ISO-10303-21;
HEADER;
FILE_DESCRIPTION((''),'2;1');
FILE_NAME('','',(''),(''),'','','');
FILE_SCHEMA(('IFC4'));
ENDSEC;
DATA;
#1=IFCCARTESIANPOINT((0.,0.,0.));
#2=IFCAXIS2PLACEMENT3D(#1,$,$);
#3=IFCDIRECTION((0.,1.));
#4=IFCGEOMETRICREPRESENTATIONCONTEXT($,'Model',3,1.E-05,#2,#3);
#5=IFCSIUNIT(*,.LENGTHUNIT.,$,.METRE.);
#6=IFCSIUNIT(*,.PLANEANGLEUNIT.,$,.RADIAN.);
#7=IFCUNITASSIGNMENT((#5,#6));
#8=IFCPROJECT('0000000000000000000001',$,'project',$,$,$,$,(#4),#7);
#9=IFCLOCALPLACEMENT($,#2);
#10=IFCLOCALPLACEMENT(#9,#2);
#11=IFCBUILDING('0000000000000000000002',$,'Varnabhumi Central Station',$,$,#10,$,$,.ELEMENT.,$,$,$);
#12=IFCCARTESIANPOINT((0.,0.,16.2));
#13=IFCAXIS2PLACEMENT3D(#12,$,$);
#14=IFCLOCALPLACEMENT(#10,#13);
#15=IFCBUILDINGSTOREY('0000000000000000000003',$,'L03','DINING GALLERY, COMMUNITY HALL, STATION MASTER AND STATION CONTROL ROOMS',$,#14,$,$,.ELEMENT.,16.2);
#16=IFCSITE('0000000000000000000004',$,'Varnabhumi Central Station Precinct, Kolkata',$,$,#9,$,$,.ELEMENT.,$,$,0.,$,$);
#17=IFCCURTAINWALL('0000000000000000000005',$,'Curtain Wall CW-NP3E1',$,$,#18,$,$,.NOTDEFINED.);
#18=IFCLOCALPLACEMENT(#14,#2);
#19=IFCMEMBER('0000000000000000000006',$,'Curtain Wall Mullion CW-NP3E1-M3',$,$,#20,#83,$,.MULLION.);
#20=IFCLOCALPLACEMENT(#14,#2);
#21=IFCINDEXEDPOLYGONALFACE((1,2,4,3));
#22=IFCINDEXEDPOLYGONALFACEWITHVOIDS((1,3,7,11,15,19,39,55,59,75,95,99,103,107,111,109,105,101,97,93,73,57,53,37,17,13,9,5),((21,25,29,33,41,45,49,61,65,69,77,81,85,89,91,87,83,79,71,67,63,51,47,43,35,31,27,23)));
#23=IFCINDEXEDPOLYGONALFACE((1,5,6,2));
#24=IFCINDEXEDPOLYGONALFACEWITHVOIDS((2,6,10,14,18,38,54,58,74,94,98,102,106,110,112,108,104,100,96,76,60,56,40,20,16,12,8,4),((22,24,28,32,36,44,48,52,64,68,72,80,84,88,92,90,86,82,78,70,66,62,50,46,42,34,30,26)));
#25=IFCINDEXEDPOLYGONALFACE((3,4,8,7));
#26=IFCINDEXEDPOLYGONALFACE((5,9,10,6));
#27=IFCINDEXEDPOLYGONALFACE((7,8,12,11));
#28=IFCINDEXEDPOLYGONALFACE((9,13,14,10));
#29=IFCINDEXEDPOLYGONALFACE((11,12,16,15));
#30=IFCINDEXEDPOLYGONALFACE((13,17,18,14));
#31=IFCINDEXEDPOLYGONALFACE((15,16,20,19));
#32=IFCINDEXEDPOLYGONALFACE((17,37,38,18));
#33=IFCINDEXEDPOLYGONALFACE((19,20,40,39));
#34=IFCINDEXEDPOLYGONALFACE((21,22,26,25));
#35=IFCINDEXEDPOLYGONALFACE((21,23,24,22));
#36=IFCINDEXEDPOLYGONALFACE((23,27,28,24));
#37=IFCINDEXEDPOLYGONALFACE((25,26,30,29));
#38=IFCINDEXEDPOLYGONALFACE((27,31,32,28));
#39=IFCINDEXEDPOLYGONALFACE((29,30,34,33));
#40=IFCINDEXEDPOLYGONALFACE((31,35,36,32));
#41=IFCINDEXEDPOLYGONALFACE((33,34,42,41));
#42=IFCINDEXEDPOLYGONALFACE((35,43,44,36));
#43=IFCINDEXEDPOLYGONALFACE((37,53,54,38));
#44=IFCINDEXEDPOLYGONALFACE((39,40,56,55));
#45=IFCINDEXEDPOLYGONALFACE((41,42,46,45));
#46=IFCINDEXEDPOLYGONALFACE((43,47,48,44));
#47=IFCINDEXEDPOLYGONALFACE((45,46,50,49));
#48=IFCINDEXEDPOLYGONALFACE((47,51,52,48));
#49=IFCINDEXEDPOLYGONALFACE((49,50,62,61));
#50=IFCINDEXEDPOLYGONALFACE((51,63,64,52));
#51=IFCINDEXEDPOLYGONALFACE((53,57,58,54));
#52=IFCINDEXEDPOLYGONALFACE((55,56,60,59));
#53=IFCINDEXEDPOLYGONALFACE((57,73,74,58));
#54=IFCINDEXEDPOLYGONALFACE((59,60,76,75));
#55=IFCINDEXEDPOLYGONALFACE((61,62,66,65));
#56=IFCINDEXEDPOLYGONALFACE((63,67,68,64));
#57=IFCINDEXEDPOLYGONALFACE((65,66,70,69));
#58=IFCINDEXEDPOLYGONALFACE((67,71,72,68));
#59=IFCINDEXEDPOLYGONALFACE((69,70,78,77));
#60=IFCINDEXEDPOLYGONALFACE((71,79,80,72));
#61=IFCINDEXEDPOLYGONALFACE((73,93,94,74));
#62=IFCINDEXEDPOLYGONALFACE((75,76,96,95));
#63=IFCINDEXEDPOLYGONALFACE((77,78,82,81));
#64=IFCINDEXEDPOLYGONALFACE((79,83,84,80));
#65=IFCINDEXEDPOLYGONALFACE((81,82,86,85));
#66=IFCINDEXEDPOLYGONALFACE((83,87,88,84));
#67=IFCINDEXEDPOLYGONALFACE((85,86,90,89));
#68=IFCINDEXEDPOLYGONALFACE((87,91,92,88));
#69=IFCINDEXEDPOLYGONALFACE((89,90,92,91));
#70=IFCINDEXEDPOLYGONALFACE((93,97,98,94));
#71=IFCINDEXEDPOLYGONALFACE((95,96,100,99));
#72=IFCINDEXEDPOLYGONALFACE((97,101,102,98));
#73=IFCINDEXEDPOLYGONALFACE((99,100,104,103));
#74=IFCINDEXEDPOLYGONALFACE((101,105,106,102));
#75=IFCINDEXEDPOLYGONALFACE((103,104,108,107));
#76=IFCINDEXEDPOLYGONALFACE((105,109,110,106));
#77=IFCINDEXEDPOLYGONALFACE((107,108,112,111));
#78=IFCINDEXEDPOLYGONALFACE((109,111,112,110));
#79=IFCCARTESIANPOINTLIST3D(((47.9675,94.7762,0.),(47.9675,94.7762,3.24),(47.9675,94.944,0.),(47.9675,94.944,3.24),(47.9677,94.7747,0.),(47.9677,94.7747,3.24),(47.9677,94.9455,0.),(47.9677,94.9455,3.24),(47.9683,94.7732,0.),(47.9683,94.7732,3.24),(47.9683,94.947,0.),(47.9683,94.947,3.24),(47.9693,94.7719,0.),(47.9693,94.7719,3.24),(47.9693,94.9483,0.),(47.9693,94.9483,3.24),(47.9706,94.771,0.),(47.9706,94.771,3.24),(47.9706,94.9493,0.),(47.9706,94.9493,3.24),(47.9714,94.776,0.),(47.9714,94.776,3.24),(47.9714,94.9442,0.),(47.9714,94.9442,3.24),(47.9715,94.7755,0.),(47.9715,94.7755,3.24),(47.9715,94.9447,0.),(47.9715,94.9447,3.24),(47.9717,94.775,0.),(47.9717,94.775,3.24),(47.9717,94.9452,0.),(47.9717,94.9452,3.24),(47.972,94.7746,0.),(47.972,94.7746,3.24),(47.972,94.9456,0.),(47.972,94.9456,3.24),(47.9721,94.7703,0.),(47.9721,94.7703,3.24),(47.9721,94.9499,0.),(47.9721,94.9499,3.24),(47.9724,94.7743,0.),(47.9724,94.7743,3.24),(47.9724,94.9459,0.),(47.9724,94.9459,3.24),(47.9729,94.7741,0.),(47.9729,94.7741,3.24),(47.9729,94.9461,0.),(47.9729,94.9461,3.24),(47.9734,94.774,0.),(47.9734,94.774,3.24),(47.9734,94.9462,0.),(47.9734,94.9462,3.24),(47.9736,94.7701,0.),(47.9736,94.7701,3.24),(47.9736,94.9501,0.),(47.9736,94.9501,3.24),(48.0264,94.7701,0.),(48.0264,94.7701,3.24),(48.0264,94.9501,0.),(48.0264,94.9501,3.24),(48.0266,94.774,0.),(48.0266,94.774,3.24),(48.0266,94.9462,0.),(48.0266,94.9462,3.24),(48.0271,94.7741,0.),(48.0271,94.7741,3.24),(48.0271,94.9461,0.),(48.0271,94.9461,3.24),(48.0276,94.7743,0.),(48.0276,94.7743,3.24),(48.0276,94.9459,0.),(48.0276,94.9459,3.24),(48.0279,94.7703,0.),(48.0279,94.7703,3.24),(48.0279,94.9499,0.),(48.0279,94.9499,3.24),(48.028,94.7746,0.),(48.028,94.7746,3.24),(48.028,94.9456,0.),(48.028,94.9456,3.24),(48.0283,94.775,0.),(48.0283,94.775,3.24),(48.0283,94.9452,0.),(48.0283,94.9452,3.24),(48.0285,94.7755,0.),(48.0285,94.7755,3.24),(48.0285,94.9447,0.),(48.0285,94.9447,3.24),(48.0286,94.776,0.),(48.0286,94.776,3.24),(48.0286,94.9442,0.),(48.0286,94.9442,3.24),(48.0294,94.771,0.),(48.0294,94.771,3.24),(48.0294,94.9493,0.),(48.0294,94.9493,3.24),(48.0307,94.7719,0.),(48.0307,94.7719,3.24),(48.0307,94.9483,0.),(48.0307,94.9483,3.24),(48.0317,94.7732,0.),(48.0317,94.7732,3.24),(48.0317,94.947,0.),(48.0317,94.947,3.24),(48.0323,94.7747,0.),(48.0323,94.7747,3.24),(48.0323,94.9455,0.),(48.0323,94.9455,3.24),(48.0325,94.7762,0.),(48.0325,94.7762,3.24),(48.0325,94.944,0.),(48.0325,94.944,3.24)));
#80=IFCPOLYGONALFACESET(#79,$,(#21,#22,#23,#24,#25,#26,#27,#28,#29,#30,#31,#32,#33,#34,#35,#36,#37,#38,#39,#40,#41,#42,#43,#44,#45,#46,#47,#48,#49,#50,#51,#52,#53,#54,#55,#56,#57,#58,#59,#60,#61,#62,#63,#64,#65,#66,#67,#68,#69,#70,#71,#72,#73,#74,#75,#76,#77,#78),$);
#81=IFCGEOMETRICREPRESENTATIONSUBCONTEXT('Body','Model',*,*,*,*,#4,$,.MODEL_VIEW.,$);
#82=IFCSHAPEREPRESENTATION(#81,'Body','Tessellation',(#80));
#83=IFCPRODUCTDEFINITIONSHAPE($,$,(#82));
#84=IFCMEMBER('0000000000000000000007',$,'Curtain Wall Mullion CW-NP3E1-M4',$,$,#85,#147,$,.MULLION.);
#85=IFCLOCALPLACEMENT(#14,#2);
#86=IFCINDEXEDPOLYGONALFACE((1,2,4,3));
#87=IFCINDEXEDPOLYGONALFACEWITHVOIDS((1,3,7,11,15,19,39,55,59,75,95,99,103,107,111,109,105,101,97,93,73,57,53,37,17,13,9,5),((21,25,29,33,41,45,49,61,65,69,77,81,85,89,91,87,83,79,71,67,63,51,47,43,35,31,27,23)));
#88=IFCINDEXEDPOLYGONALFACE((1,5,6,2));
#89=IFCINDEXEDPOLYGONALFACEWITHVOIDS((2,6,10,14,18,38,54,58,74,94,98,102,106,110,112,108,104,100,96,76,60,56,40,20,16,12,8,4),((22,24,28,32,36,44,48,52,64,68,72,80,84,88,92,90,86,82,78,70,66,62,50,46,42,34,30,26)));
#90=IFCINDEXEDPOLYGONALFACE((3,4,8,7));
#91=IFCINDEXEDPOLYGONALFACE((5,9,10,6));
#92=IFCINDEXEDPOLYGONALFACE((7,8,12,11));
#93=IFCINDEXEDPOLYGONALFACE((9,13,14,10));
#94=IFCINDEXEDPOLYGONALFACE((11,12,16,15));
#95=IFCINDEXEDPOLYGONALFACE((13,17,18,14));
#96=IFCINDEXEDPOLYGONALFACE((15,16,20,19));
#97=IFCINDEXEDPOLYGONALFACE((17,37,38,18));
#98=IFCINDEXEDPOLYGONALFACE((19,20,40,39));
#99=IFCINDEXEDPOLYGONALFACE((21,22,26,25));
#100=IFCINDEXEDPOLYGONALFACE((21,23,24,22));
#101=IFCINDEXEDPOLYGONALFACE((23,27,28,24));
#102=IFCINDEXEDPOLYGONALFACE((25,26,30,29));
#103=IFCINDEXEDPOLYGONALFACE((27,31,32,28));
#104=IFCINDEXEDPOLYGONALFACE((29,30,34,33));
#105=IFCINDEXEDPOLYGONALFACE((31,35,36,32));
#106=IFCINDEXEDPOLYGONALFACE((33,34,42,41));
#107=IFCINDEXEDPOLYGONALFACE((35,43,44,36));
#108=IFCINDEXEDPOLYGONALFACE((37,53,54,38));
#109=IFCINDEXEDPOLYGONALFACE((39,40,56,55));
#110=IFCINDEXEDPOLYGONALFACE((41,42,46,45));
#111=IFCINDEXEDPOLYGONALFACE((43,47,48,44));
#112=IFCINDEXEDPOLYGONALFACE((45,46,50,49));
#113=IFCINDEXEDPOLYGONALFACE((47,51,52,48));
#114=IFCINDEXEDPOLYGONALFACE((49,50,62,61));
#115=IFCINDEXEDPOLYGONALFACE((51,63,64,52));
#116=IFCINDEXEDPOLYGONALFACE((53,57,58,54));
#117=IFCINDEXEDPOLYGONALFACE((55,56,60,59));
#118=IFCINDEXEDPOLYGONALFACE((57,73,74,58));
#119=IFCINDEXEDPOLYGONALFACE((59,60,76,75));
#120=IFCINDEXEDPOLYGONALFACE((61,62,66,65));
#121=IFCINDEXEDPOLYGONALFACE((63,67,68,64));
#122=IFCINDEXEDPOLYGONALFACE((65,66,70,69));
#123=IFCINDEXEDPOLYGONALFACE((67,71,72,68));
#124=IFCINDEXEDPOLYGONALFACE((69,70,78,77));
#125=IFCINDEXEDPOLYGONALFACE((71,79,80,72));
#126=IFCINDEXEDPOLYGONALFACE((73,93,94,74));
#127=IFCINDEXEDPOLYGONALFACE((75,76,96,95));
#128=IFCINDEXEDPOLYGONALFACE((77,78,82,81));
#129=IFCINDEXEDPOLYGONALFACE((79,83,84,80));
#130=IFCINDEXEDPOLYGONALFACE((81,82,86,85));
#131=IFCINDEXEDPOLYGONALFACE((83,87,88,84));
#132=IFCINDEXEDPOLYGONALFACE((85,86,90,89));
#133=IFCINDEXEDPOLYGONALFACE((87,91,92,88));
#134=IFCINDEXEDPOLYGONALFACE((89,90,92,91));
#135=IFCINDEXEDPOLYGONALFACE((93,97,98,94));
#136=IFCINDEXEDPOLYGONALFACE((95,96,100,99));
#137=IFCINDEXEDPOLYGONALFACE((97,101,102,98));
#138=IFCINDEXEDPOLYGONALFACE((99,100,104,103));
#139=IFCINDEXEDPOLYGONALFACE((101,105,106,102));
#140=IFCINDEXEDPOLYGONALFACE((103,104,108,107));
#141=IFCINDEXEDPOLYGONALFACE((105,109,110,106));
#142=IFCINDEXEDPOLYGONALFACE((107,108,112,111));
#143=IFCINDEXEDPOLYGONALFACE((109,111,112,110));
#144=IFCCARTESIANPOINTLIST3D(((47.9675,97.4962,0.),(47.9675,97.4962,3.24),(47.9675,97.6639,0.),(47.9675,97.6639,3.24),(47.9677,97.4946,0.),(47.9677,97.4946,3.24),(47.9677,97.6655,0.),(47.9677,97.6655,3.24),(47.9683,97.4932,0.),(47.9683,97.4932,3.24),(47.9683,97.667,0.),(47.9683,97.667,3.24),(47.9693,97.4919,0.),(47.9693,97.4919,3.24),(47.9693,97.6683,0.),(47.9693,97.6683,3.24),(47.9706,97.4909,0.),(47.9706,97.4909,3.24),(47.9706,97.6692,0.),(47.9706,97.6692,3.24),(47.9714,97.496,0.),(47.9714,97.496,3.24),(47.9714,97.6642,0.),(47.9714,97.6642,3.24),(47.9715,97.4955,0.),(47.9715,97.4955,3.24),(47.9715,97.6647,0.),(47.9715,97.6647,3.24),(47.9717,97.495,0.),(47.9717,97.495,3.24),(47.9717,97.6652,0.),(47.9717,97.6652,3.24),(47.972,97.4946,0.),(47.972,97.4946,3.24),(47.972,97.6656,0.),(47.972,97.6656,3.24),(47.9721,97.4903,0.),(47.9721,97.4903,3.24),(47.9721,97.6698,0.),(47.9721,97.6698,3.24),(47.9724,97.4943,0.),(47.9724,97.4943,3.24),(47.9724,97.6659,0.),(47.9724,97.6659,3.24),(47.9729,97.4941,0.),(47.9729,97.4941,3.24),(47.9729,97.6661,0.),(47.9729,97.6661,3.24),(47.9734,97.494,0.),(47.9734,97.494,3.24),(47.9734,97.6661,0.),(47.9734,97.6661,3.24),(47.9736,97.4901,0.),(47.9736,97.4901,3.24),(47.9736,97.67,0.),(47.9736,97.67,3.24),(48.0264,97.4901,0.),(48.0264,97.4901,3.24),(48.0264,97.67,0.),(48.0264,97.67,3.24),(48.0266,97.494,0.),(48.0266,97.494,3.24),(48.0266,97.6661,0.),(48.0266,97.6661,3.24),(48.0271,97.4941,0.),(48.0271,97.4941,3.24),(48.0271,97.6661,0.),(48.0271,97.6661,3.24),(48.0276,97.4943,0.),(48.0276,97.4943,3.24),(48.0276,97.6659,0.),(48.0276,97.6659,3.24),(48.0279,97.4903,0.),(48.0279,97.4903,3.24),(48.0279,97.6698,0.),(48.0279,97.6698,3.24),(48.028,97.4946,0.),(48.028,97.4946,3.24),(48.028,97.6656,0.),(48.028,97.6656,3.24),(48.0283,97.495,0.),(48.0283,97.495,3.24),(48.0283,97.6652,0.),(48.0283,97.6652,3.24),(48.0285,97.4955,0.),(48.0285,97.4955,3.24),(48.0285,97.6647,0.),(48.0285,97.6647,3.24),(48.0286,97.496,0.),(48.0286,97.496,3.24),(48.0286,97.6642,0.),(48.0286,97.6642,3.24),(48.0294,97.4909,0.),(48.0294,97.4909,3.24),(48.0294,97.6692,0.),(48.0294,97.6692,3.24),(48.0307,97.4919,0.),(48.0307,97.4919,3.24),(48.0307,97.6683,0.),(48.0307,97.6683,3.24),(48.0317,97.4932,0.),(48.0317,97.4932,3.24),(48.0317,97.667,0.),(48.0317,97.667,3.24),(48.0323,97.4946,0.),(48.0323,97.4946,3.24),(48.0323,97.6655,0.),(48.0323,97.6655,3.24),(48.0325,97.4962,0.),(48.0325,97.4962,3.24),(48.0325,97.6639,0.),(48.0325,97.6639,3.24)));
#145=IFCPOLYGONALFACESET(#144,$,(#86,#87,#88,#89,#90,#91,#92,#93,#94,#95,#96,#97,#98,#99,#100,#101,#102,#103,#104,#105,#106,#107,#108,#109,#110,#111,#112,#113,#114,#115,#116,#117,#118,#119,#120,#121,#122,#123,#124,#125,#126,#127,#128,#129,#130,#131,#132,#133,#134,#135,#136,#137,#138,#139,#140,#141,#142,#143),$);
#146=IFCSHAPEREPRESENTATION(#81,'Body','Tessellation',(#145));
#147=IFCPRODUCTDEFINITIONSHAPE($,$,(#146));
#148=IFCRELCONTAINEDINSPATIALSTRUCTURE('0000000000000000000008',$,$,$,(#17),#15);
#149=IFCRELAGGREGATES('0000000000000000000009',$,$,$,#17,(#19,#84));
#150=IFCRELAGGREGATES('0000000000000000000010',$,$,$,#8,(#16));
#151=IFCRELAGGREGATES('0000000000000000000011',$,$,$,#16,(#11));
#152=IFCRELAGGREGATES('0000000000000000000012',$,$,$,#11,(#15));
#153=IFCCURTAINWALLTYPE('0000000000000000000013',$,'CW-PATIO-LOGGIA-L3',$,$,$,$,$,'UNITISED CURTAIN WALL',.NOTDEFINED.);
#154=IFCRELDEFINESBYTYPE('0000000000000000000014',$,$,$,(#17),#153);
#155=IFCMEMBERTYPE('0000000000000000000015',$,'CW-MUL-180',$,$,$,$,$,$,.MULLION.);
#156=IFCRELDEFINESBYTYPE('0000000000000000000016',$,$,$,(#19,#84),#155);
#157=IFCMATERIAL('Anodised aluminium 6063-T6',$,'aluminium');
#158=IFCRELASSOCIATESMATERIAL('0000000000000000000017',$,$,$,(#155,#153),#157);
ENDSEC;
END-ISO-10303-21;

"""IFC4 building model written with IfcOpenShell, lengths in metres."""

from ifc_helpers import new_model, si_unit, direction, frame, origin, origin_2d, place, context, subcontext, project, spatial, hollow_rectangle, extrude, material, material_profile, profile_set, type_object, element, aggregate, save


model = new_model("IFC4")

# Units and contexts
model_context = context("Model", 3, precision=1e-05, world=origin(), true_north=direction((0.0, 1.0)))
body_context = subcontext(model_context, "Body", "Model", "MODEL_VIEW")
ifc_project = project(units=[si_unit("LENGTHUNIT", "METRE"), si_unit("PLANEANGLEUNIT", "RADIAN")], contexts=[model_context])

# Site, building, storey
site_placement = place(None, origin())
site = spatial("IfcSite", under=ifc_project, at=site_placement, Name="Varnabhumi Central Station Precinct, Kolkata", CompositionType="ELEMENT", RefElevation=0.0)
building_placement = place(site_placement, origin())
building = spatial("IfcBuilding", under=site, at=building_placement, Name="Varnabhumi Central Station", CompositionType="ELEMENT")
storey_placement = place(building_placement, frame((0.0, 0.0, 16.2)))
storey = spatial("IfcBuildingStorey", under=building, at=storey_placement, Name="L03", Description="DINING GALLERY, COMMUNITY HALL, STATION MASTER AND STATION CONTROL ROOMS", CompositionType="ELEMENT", Elevation=16.2)

# Shared definitions
ifc_material_1 = material(Name="Anodised aluminium 6063-T6", Category="aluminium")
ifc_material_profile_1 = material_profile(ifc_material_1, hollow_rectangle(XDim=0.0649, YDim=0.1799, WallThickness=0.0039, InnerFilletRadius=0.002, OuterFilletRadius=0.0061, at=origin_2d()), Name="Anodised aluminium 6063-T6", Category="aluminium")
ifc_profile_set_1 = profile_set([ifc_material_profile_1], Name="Anodised aluminium 6063-T6")
member_type_1 = type_object("IfcMemberType", Name="CW-MUL-180", PredefinedType="MULLION", material=ifc_profile_set_1)

# Curtain wall, members
curtain_wall_type_1 = type_object("IfcCurtainWallType", Name="CW-PATIO-LOGGIA-L3", ElementType="UNITISED CURTAIN WALL", PredefinedType="NOTDEFINED", material=ifc_material_1)
curtain_wall_1_placement = place(storey_placement, origin())
curtain_wall_1 = element("IfcCurtainWall", 1, at=curtain_wall_1_placement, inside=storey, type_object=curtain_wall_type_1, Name="Curtain Wall CW-NP3E1", PredefinedType="NOTDEFINED")
member_1_placement = place(storey_placement, frame((48.0, 94.8601, 0.0), z_axis=(0.0, 0.0, 1.0), x_axis=(1.0, 0.0, 0.0)))
member_1 = element("IfcMember", 2, at=member_1_placement, type_object=member_type_1, Name="Curtain Wall Mullion CW-NP3E1-M3", PredefinedType="MULLION", context=body_context, shape_type="SweptSolid", body=[
    extrude(hollow_rectangle(XDim=0.0649, YDim=0.1799, WallThickness=0.0039, InnerFilletRadius=0.002, OuterFilletRadius=0.0061, at=origin_2d()), origin(), (0.0, 0.0, 1.0), 3.24),
])
member_2_placement = place(storey_placement, frame((48.0, 97.5801, 0.0), z_axis=(0.0, 0.0, 1.0), x_axis=(1.0, 0.0, 0.0)))
member_2 = element("IfcMember", 3, at=member_2_placement, type_object=member_type_1, Name="Curtain Wall Mullion CW-NP3E1-M4", PredefinedType="MULLION", context=body_context, shape_type="SweptSolid", body=[
    extrude(hollow_rectangle(XDim=0.0649, YDim=0.1799, WallThickness=0.0039, InnerFilletRadius=0.002, OuterFilletRadius=0.0061, at=origin_2d()), origin(), (0.0, 0.0, 1.0), 3.24),
])

aggregate(curtain_wall_1, [member_1, member_2])

save(model, "model.ifc")
